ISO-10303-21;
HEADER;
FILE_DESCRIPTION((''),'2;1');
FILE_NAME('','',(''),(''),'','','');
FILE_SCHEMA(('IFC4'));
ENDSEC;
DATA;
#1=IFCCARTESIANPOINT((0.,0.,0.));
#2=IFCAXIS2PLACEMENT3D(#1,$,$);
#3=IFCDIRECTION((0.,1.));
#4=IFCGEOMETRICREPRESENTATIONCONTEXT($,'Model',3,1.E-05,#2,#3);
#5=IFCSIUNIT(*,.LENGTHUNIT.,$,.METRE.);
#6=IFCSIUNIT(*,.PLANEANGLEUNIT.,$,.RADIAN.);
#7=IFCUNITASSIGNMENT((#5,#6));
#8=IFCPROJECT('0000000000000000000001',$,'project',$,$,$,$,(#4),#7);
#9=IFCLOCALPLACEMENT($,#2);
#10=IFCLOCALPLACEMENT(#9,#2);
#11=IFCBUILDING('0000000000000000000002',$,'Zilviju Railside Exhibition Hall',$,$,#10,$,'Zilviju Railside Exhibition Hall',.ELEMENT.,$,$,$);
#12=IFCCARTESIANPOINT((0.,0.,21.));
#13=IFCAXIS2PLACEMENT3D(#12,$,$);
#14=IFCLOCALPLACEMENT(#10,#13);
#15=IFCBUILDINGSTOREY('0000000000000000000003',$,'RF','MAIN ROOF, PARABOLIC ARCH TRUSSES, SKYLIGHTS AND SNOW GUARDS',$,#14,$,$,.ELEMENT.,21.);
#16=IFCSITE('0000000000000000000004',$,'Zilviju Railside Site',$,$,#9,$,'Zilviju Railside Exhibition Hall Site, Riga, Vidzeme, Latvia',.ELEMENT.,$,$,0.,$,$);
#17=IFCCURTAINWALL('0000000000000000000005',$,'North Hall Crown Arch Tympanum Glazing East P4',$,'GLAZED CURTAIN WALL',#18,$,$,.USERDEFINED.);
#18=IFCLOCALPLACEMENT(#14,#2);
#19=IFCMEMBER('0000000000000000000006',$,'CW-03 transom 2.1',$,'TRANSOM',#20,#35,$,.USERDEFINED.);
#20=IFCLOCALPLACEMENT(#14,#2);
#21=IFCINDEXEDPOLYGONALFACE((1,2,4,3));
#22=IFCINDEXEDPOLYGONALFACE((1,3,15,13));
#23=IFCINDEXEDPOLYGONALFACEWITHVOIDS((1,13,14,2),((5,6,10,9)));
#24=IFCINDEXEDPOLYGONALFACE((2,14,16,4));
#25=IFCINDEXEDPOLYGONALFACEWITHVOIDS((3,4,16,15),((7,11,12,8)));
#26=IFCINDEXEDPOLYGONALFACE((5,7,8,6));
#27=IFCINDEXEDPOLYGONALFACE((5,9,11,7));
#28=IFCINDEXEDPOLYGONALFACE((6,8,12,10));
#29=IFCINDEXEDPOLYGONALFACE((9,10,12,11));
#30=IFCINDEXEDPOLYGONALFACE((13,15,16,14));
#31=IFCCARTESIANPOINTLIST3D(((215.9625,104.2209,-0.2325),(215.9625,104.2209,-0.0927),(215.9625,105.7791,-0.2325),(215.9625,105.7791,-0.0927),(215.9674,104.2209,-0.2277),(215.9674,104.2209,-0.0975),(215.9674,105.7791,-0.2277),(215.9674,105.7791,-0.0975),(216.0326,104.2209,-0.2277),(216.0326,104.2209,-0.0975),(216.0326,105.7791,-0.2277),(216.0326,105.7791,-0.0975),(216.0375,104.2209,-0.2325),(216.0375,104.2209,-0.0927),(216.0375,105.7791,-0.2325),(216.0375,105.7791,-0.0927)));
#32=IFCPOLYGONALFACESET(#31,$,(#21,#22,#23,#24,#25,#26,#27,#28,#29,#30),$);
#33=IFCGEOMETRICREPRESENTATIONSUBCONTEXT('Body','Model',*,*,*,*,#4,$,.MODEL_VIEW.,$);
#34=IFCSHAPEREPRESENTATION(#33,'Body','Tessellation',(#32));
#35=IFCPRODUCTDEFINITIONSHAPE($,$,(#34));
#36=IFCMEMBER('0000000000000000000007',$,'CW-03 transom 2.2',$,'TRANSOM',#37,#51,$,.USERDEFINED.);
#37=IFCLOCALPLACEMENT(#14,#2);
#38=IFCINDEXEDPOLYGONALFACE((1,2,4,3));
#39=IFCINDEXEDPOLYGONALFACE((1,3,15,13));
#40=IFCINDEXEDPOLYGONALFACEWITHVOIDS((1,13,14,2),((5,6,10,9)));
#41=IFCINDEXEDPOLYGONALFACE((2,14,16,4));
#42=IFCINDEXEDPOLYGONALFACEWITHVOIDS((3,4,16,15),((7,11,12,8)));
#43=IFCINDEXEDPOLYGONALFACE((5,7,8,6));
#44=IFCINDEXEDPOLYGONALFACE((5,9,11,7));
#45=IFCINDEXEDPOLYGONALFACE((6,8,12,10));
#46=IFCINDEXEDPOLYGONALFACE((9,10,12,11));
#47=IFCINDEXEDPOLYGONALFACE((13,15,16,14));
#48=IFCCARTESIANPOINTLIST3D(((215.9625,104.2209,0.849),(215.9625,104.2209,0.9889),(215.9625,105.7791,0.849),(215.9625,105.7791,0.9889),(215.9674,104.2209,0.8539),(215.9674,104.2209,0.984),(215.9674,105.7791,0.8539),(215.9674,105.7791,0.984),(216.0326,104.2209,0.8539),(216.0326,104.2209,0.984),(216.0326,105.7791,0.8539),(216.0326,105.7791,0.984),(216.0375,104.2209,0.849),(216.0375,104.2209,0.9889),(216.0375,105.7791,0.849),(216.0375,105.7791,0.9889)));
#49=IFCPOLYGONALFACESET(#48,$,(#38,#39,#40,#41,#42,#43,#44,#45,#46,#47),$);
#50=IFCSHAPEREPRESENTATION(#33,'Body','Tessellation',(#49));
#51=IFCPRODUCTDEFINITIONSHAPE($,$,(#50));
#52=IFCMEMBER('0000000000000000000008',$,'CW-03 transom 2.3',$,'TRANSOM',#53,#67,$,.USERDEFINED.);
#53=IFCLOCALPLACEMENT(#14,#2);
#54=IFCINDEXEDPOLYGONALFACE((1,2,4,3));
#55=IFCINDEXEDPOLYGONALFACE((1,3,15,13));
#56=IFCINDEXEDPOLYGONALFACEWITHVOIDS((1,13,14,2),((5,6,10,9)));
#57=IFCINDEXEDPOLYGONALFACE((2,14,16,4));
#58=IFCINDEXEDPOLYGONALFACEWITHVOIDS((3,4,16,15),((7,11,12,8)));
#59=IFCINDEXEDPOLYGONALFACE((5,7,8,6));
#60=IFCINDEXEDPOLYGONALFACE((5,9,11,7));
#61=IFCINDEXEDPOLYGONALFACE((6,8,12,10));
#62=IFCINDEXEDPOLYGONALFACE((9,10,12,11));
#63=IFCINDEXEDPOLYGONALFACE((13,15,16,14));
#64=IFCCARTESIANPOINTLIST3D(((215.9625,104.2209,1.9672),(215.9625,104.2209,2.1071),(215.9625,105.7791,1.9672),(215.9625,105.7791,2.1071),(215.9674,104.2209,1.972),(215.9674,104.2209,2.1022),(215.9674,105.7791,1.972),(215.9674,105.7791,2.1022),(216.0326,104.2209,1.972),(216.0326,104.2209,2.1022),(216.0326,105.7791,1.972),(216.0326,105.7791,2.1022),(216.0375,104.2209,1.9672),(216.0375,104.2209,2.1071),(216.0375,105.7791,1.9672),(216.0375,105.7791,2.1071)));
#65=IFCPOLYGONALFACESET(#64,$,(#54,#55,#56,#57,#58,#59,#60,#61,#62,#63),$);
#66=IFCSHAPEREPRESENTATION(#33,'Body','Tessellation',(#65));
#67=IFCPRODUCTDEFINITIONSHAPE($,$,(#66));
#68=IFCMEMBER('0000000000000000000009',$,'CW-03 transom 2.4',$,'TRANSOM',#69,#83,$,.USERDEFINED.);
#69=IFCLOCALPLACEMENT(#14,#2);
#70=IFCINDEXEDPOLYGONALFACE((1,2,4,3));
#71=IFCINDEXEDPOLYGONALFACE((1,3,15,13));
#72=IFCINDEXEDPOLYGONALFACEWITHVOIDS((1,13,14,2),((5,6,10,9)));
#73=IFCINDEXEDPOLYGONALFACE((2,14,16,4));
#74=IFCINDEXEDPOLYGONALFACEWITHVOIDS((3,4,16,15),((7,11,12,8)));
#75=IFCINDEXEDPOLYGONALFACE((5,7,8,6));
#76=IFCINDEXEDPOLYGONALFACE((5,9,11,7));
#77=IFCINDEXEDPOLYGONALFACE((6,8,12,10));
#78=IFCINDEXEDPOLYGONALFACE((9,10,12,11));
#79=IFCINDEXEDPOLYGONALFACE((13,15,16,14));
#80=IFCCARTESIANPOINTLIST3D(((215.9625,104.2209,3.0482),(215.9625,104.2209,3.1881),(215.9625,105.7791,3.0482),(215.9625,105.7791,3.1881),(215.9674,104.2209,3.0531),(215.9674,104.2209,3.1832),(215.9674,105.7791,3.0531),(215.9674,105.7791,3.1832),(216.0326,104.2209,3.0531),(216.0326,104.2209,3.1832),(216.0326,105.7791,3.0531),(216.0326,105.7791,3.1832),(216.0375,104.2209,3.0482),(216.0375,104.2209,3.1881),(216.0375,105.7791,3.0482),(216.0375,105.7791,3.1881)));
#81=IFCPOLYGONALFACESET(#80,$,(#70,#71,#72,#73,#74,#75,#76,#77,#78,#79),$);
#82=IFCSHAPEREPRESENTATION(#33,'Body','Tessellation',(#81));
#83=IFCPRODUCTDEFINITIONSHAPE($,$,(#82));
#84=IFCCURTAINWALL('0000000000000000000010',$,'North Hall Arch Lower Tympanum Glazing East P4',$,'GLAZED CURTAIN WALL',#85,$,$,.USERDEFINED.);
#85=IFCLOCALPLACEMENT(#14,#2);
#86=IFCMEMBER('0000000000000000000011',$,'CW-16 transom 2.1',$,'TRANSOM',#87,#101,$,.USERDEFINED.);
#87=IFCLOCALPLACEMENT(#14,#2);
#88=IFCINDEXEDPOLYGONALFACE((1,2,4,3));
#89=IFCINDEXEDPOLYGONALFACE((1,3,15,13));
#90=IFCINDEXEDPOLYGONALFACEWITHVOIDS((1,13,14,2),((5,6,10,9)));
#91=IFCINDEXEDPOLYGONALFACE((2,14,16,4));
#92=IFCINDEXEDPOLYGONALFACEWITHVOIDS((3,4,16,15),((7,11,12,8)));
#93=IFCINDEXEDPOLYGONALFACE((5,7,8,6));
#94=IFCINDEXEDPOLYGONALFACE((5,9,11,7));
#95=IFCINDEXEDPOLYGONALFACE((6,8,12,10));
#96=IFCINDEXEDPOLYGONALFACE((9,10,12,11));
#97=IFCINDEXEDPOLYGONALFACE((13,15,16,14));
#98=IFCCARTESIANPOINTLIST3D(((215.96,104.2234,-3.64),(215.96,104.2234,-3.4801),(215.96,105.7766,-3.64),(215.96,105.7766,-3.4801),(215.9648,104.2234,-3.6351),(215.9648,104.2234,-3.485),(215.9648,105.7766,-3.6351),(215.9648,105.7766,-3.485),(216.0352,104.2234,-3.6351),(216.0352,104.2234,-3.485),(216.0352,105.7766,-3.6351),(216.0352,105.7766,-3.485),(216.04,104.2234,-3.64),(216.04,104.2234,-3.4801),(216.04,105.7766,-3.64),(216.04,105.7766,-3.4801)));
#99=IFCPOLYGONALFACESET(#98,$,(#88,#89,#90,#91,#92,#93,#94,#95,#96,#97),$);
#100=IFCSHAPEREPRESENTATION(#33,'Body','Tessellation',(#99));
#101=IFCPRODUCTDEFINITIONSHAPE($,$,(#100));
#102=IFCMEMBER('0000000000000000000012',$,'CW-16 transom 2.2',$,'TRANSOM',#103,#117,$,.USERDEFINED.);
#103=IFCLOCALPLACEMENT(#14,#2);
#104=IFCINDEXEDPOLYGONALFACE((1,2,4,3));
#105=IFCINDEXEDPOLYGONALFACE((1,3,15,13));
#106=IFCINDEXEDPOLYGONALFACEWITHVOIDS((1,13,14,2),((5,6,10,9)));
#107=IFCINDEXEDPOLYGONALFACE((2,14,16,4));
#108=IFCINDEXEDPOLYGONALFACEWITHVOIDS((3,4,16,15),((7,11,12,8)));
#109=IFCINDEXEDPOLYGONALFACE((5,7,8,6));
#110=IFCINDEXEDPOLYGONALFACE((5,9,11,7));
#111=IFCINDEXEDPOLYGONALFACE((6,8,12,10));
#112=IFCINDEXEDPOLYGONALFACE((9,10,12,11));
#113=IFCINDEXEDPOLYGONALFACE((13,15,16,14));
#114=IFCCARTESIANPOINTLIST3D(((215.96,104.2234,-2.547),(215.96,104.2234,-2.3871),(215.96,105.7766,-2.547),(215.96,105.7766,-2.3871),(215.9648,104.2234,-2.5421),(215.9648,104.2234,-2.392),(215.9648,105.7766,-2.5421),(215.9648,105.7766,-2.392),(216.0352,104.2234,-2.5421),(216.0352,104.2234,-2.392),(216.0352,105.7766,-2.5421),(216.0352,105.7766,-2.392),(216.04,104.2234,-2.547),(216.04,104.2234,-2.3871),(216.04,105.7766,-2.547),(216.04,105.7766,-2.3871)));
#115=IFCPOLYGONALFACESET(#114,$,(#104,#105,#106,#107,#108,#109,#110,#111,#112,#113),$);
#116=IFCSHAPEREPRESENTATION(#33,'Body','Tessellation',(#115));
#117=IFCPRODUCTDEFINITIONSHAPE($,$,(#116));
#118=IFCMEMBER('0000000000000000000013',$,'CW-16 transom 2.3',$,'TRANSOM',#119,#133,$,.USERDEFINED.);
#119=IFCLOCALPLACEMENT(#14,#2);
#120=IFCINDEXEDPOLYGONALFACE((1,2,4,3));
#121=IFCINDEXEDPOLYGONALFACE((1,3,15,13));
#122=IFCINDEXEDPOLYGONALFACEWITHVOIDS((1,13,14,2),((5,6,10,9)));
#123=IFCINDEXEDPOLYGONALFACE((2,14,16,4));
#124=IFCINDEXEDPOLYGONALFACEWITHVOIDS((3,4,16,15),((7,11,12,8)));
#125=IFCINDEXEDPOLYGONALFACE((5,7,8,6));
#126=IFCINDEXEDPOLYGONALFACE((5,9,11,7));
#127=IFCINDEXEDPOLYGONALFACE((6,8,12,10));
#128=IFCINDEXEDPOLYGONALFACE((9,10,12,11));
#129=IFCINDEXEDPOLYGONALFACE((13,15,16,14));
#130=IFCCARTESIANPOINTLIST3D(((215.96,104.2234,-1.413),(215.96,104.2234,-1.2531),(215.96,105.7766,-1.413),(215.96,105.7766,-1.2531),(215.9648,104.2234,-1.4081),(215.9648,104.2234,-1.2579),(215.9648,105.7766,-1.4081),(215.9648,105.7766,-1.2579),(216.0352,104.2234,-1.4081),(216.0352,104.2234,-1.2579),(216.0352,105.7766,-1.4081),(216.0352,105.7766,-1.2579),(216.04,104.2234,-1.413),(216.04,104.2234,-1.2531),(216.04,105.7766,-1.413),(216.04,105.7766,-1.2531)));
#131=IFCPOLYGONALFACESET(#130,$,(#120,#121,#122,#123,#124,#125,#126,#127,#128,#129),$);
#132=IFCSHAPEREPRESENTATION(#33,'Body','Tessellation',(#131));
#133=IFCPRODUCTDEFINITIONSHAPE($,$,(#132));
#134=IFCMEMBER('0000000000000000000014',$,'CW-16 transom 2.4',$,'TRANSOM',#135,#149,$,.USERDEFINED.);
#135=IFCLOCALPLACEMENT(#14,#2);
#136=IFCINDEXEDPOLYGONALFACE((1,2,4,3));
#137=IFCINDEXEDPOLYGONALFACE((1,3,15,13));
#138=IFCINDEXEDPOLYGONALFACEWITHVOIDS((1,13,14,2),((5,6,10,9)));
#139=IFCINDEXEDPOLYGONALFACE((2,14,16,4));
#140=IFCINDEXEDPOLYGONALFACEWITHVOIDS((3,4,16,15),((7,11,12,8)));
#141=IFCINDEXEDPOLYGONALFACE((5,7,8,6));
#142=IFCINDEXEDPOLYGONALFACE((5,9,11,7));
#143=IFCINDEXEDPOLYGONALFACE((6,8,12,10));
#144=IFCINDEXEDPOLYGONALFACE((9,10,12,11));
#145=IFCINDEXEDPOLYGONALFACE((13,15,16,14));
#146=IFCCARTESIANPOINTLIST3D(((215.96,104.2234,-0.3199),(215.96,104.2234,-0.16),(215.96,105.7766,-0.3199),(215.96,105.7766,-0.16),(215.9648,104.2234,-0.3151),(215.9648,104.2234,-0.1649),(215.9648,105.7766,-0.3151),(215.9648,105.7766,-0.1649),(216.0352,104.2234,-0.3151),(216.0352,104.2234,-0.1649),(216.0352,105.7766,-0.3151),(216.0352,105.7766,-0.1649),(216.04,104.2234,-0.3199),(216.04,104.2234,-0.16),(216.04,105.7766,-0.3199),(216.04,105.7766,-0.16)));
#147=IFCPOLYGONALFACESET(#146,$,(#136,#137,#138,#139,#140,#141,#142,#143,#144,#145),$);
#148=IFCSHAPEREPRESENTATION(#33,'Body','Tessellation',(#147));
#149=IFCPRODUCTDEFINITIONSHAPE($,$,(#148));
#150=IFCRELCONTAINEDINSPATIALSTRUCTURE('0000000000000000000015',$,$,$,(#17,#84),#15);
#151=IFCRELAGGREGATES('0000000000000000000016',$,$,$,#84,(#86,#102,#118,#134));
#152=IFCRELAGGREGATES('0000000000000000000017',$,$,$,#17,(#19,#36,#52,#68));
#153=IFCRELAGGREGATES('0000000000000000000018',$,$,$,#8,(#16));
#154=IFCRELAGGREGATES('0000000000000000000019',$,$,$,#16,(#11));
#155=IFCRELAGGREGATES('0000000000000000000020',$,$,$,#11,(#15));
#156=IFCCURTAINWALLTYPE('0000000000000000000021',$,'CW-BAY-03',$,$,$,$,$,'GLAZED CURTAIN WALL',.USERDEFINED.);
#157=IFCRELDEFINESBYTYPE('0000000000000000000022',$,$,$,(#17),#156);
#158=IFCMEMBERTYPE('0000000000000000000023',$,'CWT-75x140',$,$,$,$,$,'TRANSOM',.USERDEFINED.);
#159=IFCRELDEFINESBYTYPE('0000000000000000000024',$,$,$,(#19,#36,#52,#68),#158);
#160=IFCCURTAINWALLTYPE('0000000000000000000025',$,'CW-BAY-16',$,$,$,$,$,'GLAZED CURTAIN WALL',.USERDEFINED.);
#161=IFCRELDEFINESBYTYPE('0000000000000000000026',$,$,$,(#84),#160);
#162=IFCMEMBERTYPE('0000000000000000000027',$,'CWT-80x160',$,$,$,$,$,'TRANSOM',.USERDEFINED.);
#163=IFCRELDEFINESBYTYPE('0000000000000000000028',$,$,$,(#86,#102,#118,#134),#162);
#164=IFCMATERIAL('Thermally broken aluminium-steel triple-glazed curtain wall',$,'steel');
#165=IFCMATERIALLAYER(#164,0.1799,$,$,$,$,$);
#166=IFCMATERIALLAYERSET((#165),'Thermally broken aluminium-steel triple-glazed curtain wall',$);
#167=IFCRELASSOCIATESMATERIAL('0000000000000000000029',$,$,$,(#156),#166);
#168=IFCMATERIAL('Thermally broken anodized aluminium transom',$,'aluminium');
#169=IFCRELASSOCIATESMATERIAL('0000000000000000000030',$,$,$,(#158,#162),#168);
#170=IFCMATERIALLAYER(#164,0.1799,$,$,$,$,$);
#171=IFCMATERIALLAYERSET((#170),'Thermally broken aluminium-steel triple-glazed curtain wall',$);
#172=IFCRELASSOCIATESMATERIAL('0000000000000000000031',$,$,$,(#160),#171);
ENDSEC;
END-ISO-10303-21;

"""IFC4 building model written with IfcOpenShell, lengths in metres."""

from ifc_helpers import new_model, si_unit, direction, frame, origin, origin_2d, place, context, subcontext, project, spatial, hollow_rectangle, extrude, material, layer, layer_set, material_profile, profile_set, type_object, element, aggregate, save


model = new_model("IFC4")

# Units and contexts
model_context = context("Model", 3, precision=1e-05, world=origin(), true_north=direction((0.0, 1.0)))
body_context = subcontext(model_context, "Body", "Model", "MODEL_VIEW")
ifc_project = project(units=[si_unit("LENGTHUNIT", "METRE"), si_unit("PLANEANGLEUNIT", "RADIAN")], contexts=[model_context])

# Site, building, storey
site_placement = place(None, origin())
site = spatial("IfcSite", under=ifc_project, at=site_placement, Name="Zilviju Railside Site", LongName="Zilviju Railside Exhibition Hall Site, Riga, Vidzeme, Latvia", CompositionType="ELEMENT", RefElevation=0.0)
building_placement = place(site_placement, origin())
building = spatial("IfcBuilding", under=site, at=building_placement, Name="Zilviju Railside Exhibition Hall", LongName="Zilviju Railside Exhibition Hall", CompositionType="ELEMENT")
storey_placement = place(building_placement, frame((0.0, 0.0, 21.0)))
storey = spatial("IfcBuildingStorey", under=building, at=storey_placement, Name="RF", Description="MAIN ROOF, PARABOLIC ARCH TRUSSES, SKYLIGHTS AND SNOW GUARDS", CompositionType="ELEMENT", Elevation=21.0)

# Curtain walls, members
ifc_material_1 = material(Name="Thermally broken aluminium-steel triple-glazed curtain wall", Category="steel")
ifc_layer_1 = layer(ifc_material_1, 0.1799)
ifc_layer_set_1 = layer_set([ifc_layer_1], Name="Thermally broken aluminium-steel triple-glazed curtain wall")
curtain_wall_type_1 = type_object("IfcCurtainWallType", Name="CW-BAY-03", ElementType="GLAZED CURTAIN WALL", PredefinedType="USERDEFINED", material=ifc_layer_set_1)
curtain_wall_1_placement = place(storey_placement, origin())
curtain_wall_1 = element("IfcCurtainWall", 1, at=curtain_wall_1_placement, inside=storey, type_object=curtain_wall_type_1, Name="North Hall Crown Arch Tympanum Glazing East P4", ObjectType="GLAZED CURTAIN WALL", PredefinedType="USERDEFINED")
ifc_material_2 = material(Name="Thermally broken anodized aluminium transom", Category="aluminium")
ifc_material_profile_1 = material_profile(ifc_material_2, hollow_rectangle(XDim=0.075, YDim=0.1399, WallThickness=0.0049, at=origin_2d()), Name="TRANSOM 140x75x5")
ifc_profile_set_1 = profile_set([ifc_material_profile_1], Name="Thermally broken anodized aluminium transom")
member_type_1 = type_object("IfcMemberType", Name="CWT-75x140", ElementType="TRANSOM", PredefinedType="USERDEFINED", material=ifc_profile_set_1)
member_1_placement = place(storey_placement, frame((216.0, 105.7791, -0.1626), z_axis=(0.0, -1.0, 0.0), x_axis=(1.0, 0.0, 0.0)))
member_1 = element("IfcMember", 2, at=member_1_placement, type_object=member_type_1, Name="CW-03 transom 2.1", ObjectType="TRANSOM", PredefinedType="USERDEFINED", context=body_context, shape_type="SweptSolid", body=[
    extrude(hollow_rectangle(XDim=0.075, YDim=0.1399, WallThickness=0.0049, at=origin_2d()), origin(), (0.0, 0.0, 1.0), 1.5581),
])
member_2_placement = place(storey_placement, frame((216.0, 105.7791, 0.9189), z_axis=(0.0, -1.0, 0.0), x_axis=(1.0, 0.0, 0.0)))
member_2 = element("IfcMember", 3, at=member_2_placement, type_object=member_type_1, Name="CW-03 transom 2.2", ObjectType="TRANSOM", PredefinedType="USERDEFINED", context=body_context, shape_type="SweptSolid", body=[
    extrude(hollow_rectangle(XDim=0.075, YDim=0.1399, WallThickness=0.0049, at=origin_2d()), origin(), (0.0, 0.0, 1.0), 1.5581),
])
member_3_placement = place(storey_placement, frame((216.0, 105.7791, 2.0371), z_axis=(0.0, -1.0, 0.0), x_axis=(1.0, 0.0, 0.0)))
member_3 = element("IfcMember", 4, at=member_3_placement, type_object=member_type_1, Name="CW-03 transom 2.3", ObjectType="TRANSOM", PredefinedType="USERDEFINED", context=body_context, shape_type="SweptSolid", body=[
    extrude(hollow_rectangle(XDim=0.075, YDim=0.1399, WallThickness=0.0049, at=origin_2d()), origin(), (0.0, 0.0, 1.0), 1.5581),
])
member_4_placement = place(storey_placement, frame((216.0, 105.7791, 3.1182), z_axis=(0.0, -1.0, 0.0), x_axis=(1.0, 0.0, 0.0)))
member_4 = element("IfcMember", 5, at=member_4_placement, type_object=member_type_1, Name="CW-03 transom 2.4", ObjectType="TRANSOM", PredefinedType="USERDEFINED", context=body_context, shape_type="SweptSolid", body=[
    extrude(hollow_rectangle(XDim=0.075, YDim=0.1399, WallThickness=0.0049, at=origin_2d()), origin(), (0.0, 0.0, 1.0), 1.5581),
])
ifc_layer_2 = layer(ifc_material_1, 0.1799)
ifc_layer_set_2 = layer_set([ifc_layer_2], Name="Thermally broken aluminium-steel triple-glazed curtain wall")
curtain_wall_type_2 = type_object("IfcCurtainWallType", Name="CW-BAY-16", ElementType="GLAZED CURTAIN WALL", PredefinedType="USERDEFINED", material=ifc_layer_set_2)
curtain_wall_2_placement = place(storey_placement, origin())
curtain_wall_2 = element("IfcCurtainWall", 6, at=curtain_wall_2_placement, inside=storey, type_object=curtain_wall_type_2, Name="North Hall Arch Lower Tympanum Glazing East P4", ObjectType="GLAZED CURTAIN WALL", PredefinedType="USERDEFINED")
ifc_material_profile_2 = material_profile(ifc_material_2, hollow_rectangle(XDim=0.0801, YDim=0.1599, WallThickness=0.0049, at=origin_2d()), Name="TRANSOM 160x80x5")
ifc_profile_set_2 = profile_set([ifc_material_profile_2], Name="Thermally broken anodized aluminium transom")
member_type_2 = type_object("IfcMemberType", Name="CWT-80x160", ElementType="TRANSOM", PredefinedType="USERDEFINED", material=ifc_profile_set_2)
member_5_placement = place(storey_placement, frame((216.0, 105.7766, -3.5601), z_axis=(0.0, -1.0, 0.0), x_axis=(1.0, 0.0, 0.0)))
member_5 = element("IfcMember", 7, at=member_5_placement, type_object=member_type_2, Name="CW-16 transom 2.1", ObjectType="TRANSOM", PredefinedType="USERDEFINED", context=body_context, shape_type="SweptSolid", body=[
    extrude(hollow_rectangle(XDim=0.0801, YDim=0.1599, WallThickness=0.0049, at=origin_2d()), origin(), (0.0, 0.0, 1.0), 1.5532),
])
member_6_placement = place(storey_placement, frame((216.0, 105.7766, -2.467), z_axis=(0.0, -1.0, 0.0), x_axis=(1.0, 0.0, 0.0)))
member_6 = element("IfcMember", 8, at=member_6_placement, type_object=member_type_2, Name="CW-16 transom 2.2", ObjectType="TRANSOM", PredefinedType="USERDEFINED", context=body_context, shape_type="SweptSolid", body=[
    extrude(hollow_rectangle(XDim=0.0801, YDim=0.1599, WallThickness=0.0049, at=origin_2d()), origin(), (0.0, 0.0, 1.0), 1.5532),
])
member_7_placement = place(storey_placement, frame((216.0, 105.7766, -1.333), z_axis=(0.0, -1.0, 0.0), x_axis=(1.0, 0.0, 0.0)))
member_7 = element("IfcMember", 9, at=member_7_placement, type_object=member_type_2, Name="CW-16 transom 2.3", ObjectType="TRANSOM", PredefinedType="USERDEFINED", context=body_context, shape_type="SweptSolid", body=[
    extrude(hollow_rectangle(XDim=0.0801, YDim=0.1599, WallThickness=0.0049, at=origin_2d()), origin(), (0.0, 0.0, 1.0), 1.5532),
])
member_8_placement = place(storey_placement, frame((216.0, 105.7766, -0.24), z_axis=(0.0, -1.0, 0.0), x_axis=(1.0, 0.0, 0.0)))
member_8 = element("IfcMember", 10, at=member_8_placement, type_object=member_type_2, Name="CW-16 transom 2.4", ObjectType="TRANSOM", PredefinedType="USERDEFINED", context=body_context, shape_type="SweptSolid", body=[
    extrude(hollow_rectangle(XDim=0.0801, YDim=0.1599, WallThickness=0.0049, at=origin_2d()), origin(), (0.0, 0.0, 1.0), 1.5532),
])
aggregate(curtain_wall_2, [member_5, member_6, member_7, member_8])

aggregate(curtain_wall_1, [member_1, member_2, member_3, member_4])

save(model, "model.ifc")
